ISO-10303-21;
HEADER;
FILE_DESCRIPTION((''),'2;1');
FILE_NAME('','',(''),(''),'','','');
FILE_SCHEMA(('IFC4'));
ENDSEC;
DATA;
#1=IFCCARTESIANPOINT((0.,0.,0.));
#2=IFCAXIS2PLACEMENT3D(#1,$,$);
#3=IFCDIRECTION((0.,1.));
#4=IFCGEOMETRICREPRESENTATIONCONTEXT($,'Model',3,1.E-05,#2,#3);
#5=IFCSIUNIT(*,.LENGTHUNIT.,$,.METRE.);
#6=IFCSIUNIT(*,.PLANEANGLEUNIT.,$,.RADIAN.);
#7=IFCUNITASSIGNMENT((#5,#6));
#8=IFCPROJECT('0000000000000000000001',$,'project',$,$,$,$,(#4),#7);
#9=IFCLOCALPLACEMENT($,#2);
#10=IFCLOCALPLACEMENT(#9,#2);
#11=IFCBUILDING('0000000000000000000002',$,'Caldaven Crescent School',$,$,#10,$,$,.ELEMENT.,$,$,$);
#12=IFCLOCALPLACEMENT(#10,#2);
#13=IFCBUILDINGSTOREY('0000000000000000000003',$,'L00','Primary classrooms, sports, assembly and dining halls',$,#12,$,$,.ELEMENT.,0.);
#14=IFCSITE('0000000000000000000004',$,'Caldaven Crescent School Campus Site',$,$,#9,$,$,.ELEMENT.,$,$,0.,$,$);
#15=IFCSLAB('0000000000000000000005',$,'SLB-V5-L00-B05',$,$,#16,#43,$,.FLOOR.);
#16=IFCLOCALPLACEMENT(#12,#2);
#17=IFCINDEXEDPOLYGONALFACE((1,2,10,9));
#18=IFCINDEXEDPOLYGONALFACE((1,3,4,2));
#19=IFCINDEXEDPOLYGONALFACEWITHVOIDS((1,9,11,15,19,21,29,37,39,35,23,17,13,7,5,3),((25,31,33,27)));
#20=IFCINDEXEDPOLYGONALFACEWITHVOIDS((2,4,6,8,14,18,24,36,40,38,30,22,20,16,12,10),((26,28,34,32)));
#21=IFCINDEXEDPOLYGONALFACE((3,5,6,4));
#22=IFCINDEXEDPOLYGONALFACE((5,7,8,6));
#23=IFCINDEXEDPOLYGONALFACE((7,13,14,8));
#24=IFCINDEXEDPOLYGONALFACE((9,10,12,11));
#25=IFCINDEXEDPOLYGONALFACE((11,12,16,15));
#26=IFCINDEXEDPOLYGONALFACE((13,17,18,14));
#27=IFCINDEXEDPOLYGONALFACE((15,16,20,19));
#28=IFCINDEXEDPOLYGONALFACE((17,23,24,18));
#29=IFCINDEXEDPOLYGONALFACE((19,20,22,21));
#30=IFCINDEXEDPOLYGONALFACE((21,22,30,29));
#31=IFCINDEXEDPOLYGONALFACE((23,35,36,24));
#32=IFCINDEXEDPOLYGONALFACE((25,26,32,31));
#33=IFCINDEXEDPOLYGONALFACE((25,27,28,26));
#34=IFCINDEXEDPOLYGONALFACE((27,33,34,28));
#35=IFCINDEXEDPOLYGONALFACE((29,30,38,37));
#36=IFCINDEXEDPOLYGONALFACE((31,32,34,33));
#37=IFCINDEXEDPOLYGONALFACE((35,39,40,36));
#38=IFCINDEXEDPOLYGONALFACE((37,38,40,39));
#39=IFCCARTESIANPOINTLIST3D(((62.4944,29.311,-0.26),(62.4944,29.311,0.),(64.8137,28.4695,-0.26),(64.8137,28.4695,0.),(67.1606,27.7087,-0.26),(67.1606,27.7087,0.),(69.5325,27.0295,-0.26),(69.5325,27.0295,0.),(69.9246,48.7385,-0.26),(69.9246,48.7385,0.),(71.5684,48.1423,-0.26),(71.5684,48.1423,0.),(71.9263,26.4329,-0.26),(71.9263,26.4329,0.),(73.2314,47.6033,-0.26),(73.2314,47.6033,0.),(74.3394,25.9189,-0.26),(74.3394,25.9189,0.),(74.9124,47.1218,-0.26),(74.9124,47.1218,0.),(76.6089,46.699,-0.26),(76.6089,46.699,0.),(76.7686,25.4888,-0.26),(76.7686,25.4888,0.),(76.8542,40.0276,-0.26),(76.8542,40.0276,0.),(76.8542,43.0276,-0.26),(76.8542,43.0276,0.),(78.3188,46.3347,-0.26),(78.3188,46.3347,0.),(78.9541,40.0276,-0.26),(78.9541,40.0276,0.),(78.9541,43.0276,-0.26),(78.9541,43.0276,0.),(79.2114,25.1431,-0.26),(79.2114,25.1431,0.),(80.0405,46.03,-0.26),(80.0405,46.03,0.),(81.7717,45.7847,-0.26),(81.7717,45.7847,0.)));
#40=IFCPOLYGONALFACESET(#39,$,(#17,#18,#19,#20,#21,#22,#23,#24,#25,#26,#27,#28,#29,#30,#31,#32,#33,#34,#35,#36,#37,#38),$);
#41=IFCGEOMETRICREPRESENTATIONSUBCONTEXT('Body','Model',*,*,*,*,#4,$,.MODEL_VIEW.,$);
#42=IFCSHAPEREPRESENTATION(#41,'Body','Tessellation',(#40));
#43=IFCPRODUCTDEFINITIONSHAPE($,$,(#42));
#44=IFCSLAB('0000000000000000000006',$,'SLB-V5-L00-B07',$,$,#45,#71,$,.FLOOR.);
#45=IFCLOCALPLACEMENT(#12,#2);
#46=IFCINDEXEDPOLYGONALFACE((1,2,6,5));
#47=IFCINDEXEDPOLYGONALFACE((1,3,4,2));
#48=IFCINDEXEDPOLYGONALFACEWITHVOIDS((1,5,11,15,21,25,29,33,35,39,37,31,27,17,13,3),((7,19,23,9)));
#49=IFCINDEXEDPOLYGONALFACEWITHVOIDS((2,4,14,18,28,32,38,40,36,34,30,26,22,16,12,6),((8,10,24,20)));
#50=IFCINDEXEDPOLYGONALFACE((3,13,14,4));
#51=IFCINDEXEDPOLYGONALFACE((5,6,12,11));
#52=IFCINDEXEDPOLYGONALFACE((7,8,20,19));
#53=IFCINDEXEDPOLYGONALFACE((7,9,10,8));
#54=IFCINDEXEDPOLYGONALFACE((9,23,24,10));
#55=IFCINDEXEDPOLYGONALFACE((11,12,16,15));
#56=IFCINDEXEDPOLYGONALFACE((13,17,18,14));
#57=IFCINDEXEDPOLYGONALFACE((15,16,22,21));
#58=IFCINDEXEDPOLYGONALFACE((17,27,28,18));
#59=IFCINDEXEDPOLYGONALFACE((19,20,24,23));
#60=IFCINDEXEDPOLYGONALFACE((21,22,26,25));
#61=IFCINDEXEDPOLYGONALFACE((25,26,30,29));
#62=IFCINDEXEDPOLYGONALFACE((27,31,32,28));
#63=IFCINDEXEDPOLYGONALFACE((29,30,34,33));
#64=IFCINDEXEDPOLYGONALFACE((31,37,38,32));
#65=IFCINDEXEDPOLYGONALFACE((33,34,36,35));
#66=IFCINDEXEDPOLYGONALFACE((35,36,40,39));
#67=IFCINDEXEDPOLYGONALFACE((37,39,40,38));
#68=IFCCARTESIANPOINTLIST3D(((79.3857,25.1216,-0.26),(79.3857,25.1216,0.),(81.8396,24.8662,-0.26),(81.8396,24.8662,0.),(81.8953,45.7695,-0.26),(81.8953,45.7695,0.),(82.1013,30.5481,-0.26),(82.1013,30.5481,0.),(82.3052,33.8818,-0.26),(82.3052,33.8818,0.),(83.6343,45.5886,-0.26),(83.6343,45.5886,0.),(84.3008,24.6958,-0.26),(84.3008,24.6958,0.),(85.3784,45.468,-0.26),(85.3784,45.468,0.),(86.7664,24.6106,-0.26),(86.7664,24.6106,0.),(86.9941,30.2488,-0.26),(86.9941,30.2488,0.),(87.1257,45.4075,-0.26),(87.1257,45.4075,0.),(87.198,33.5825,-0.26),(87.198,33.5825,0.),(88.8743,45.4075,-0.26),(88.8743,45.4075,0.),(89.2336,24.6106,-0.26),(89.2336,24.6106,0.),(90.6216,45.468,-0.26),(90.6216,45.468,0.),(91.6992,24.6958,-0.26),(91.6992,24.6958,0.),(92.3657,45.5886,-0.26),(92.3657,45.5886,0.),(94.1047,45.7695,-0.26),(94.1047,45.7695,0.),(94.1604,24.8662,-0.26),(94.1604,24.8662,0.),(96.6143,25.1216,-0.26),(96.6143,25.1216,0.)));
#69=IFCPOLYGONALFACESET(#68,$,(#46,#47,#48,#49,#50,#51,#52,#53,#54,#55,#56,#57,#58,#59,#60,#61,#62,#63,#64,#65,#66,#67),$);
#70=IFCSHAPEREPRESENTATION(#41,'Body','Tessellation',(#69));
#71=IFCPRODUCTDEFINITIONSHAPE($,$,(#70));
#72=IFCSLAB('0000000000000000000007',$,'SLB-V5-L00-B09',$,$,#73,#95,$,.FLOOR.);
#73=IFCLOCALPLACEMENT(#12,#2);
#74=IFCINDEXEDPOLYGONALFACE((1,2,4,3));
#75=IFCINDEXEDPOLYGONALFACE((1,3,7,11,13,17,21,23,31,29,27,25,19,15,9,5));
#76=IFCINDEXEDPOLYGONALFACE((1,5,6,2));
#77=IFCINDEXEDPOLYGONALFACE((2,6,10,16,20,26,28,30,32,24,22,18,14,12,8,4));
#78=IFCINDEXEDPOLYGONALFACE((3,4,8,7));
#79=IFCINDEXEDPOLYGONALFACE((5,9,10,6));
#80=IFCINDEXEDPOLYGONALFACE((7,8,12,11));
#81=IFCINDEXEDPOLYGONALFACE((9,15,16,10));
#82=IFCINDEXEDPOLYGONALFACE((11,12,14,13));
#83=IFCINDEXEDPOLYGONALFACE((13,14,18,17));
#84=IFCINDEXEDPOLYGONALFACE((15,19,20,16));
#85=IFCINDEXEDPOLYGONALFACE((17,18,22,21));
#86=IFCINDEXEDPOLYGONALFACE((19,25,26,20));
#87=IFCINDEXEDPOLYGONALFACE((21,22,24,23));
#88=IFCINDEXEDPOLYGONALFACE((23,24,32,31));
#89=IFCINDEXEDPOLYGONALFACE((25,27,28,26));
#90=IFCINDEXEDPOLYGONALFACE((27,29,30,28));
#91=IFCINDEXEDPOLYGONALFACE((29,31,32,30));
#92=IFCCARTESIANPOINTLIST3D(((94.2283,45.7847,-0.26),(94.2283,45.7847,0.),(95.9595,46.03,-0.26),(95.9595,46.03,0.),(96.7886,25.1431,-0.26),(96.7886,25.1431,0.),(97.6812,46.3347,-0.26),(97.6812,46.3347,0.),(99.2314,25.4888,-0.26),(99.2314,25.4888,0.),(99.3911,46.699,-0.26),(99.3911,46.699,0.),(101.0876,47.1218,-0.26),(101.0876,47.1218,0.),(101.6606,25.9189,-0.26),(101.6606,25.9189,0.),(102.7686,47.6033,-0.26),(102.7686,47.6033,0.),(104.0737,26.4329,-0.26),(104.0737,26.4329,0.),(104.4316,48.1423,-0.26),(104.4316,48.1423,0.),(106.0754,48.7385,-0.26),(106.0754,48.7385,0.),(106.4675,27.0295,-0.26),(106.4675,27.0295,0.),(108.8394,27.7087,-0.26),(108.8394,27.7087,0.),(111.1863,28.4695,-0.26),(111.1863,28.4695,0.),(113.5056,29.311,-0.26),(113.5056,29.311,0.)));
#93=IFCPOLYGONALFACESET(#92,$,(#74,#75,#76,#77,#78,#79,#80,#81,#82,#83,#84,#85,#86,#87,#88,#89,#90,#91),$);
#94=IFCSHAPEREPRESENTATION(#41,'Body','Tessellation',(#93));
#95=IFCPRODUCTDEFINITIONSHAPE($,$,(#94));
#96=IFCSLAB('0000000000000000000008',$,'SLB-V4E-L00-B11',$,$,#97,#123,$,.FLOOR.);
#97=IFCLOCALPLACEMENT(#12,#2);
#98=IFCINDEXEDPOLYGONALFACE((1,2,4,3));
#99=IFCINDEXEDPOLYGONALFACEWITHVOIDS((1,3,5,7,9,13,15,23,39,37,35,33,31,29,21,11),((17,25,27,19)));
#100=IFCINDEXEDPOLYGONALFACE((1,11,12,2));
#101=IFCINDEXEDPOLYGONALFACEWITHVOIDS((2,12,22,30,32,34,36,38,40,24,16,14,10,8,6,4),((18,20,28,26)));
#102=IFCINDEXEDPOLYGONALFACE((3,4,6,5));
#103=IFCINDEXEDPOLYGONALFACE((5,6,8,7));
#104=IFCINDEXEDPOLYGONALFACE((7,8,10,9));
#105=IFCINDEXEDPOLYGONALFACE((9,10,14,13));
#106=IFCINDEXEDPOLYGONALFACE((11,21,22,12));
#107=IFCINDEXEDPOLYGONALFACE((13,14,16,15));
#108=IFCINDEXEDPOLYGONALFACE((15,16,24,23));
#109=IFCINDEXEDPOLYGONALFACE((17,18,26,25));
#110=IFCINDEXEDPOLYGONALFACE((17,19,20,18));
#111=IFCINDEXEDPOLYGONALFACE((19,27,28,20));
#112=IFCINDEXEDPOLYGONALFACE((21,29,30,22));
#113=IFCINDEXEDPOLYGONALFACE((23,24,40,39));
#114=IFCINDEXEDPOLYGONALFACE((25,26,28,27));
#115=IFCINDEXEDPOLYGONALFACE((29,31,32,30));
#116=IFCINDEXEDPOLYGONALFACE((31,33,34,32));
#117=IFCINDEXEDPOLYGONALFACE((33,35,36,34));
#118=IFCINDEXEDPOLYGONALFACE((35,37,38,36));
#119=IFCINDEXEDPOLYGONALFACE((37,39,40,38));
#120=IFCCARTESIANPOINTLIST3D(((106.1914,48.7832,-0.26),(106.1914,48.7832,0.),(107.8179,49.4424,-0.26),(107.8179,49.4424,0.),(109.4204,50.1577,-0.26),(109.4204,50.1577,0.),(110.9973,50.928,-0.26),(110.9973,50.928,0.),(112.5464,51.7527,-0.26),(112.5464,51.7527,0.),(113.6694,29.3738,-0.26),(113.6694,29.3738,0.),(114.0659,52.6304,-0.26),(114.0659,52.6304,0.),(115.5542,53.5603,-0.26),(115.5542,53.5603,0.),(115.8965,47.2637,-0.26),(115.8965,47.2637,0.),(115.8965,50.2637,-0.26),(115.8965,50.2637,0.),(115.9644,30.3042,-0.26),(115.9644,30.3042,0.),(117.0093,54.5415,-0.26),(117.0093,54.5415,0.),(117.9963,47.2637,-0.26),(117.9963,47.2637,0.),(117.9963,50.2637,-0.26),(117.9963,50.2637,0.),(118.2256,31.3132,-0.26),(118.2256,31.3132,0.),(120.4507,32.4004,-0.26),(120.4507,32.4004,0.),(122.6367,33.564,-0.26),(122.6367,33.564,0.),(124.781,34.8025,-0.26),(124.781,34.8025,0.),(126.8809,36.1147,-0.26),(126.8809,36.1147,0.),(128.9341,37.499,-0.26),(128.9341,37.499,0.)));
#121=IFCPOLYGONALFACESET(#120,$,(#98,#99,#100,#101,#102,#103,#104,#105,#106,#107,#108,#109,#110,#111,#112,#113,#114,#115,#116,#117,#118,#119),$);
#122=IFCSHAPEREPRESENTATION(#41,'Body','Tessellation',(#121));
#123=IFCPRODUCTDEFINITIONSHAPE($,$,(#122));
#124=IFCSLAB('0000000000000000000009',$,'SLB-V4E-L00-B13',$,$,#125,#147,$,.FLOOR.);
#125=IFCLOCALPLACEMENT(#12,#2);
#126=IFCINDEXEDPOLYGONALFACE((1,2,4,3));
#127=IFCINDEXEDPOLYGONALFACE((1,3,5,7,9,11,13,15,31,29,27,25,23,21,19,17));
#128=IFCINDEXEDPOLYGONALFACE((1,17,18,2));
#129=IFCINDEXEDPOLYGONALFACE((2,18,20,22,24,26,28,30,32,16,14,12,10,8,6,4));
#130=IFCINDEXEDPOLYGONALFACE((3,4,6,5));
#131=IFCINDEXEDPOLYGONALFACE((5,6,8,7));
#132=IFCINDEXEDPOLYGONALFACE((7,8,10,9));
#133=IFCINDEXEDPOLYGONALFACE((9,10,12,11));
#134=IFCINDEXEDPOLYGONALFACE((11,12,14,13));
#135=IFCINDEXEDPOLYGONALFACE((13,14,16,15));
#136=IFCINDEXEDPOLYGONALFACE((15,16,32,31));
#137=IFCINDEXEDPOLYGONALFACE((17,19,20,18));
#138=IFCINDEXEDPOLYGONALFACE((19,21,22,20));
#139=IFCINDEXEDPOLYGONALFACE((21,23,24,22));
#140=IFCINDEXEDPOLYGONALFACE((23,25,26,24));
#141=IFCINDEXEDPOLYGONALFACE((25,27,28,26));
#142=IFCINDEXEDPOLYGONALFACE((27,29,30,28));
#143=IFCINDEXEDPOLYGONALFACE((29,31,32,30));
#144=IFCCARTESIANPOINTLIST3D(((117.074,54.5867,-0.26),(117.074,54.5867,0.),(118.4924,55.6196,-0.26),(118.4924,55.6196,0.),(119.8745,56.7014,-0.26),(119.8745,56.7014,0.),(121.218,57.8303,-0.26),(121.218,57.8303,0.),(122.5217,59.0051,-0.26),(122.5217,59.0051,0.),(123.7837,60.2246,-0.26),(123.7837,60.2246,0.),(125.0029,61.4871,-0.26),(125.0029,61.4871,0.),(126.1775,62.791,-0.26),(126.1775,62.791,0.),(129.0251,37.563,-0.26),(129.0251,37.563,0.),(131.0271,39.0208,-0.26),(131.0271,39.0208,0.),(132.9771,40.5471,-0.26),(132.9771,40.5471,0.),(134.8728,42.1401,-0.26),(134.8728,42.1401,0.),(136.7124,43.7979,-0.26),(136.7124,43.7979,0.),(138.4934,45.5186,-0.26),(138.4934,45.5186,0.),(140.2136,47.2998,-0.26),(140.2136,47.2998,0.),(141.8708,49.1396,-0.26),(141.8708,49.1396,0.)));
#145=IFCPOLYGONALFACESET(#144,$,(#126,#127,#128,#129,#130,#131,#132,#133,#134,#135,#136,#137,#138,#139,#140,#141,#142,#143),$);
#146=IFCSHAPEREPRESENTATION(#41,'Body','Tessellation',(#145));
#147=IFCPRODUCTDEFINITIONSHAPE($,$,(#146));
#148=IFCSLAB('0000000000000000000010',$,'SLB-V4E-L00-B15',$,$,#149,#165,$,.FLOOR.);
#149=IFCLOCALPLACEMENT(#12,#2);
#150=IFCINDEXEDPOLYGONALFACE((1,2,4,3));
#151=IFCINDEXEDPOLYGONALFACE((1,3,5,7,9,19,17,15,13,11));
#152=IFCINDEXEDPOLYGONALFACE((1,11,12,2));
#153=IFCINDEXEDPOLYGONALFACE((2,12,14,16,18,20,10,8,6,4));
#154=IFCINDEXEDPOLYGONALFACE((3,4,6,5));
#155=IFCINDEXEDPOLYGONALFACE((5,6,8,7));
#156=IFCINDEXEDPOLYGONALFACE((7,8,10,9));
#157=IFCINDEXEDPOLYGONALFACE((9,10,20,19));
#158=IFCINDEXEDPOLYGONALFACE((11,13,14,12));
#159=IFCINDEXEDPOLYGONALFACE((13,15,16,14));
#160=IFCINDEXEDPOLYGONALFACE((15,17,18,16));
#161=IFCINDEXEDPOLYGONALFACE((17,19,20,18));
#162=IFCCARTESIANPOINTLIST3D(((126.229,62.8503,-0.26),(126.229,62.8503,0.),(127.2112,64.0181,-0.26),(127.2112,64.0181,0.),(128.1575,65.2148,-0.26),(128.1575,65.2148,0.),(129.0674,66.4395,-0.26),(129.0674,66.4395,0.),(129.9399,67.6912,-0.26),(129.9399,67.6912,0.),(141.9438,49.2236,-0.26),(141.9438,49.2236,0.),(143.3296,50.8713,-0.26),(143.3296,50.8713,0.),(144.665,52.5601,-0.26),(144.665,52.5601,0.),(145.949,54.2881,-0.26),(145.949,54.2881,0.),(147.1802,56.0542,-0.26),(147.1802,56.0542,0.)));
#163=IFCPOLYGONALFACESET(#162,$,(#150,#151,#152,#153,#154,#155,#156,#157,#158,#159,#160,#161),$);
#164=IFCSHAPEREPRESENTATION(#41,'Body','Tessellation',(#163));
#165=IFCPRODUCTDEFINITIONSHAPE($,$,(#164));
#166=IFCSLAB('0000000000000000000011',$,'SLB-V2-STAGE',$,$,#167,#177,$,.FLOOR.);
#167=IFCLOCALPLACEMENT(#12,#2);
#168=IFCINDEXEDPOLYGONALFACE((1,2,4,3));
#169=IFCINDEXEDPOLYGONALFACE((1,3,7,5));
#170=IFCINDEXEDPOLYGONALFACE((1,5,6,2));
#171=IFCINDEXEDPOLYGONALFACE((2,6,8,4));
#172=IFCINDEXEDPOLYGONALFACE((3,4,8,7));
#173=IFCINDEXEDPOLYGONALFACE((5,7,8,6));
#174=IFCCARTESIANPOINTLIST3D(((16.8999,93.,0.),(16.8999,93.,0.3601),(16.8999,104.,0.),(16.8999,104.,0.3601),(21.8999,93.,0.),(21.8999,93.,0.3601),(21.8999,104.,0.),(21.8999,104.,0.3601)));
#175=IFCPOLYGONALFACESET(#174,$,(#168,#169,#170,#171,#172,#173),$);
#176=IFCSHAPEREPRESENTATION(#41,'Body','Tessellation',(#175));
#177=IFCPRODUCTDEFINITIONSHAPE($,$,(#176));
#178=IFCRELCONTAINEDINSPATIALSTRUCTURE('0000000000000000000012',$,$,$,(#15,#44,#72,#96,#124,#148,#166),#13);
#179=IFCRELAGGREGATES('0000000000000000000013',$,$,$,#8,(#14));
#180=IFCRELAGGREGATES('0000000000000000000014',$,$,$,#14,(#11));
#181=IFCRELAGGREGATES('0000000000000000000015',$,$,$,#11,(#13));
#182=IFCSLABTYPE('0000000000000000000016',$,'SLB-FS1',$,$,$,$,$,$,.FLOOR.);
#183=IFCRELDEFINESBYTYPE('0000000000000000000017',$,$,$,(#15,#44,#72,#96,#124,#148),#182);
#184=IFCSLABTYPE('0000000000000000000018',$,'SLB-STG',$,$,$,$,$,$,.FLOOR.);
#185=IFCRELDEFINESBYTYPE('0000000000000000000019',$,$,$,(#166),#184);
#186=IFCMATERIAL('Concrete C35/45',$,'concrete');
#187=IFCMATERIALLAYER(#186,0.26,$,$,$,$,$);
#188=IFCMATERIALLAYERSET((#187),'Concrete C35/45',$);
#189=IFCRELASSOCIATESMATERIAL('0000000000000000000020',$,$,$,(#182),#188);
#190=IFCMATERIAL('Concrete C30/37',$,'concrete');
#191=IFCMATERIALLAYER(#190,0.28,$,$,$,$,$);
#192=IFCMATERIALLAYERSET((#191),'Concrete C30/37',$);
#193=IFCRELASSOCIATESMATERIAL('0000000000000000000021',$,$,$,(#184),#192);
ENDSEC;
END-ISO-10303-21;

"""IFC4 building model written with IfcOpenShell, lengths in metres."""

from ifc_helpers import new_model, si_unit, direction, frame, origin, place, context, subcontext, project, spatial, polyline, outline, extrude, material, layer, layer_set, type_object, element, save


model = new_model("IFC4")

# Units and contexts
model_context = context("Model", 3, precision=1e-05, world=origin(), true_north=direction((0.0, 1.0)))
body_context = subcontext(model_context, "Body", "Model", "MODEL_VIEW")
ifc_project = project(units=[si_unit("LENGTHUNIT", "METRE"), si_unit("PLANEANGLEUNIT", "RADIAN")], contexts=[model_context])

# Site, building, storey
site_placement = place(None, origin())
site = spatial("IfcSite", under=ifc_project, at=site_placement, Name="Caldaven Crescent School Campus Site", CompositionType="ELEMENT", RefElevation=0.0)
building_placement = place(site_placement, origin())
building = spatial("IfcBuilding", under=site, at=building_placement, Name="Caldaven Crescent School", CompositionType="ELEMENT")
storey_placement = place(building_placement, origin())
storey = spatial("IfcBuildingStorey", under=building, at=storey_placement, Name="L00", Description="Primary classrooms, sports, assembly and dining halls", CompositionType="ELEMENT", Elevation=0.0)

# Slabs
ifc_material_1 = material(Name="Concrete C30/37", Category="concrete")
ifc_material_2 = material(Name="Concrete C35/45", Category="concrete")
ifc_layer_1 = layer(ifc_material_2, 0.26)
ifc_layer_set_1 = layer_set([ifc_layer_1], Name="Concrete C35/45")
slab_type_1 = type_object("IfcSlabType", Name="SLB-FS1", PredefinedType="FLOOR", material=ifc_layer_set_1)
slab_1_placement = place(storey_placement, frame((0.0, 0.0, -0.26)))
element("IfcSlab", 1, at=slab_1_placement, inside=storey, type_object=slab_type_1, Name="SLB-V5-L00-B05", PredefinedType="FLOOR", context=body_context, shape_type="SweptSolid", body=[
    extrude(outline(polyline([(62.4944, 29.311), (64.8137, 28.4695), (67.1606, 27.7087), (69.5325, 27.0295), (71.9263, 26.4329), (74.3394, 25.9189), (76.7686, 25.4888), (79.2114, 25.1431), (81.7717, 45.7847), (80.0405, 46.03), (78.3188, 46.3347), (76.6089, 46.699), (74.9124, 47.1218), (73.2314, 47.6033), (71.5684, 48.1423), (69.9246, 48.7385), (62.4944, 29.311)]), holes=[polyline([(76.8542, 40.0276), (76.8542, 43.0276), (78.9541, 43.0276), (78.9541, 40.0276), (76.8542, 40.0276)])]), origin(), (0.0, 0.0, 1.0), 0.26),
])
slab_2_placement = place(storey_placement, frame((0.0, 0.0, -0.26)))
element("IfcSlab", 2, at=slab_2_placement, inside=storey, type_object=slab_type_1, Name="SLB-V5-L00-B07", PredefinedType="FLOOR", context=body_context, shape_type="SweptSolid", body=[
    extrude(outline(polyline([(79.3857, 25.1216), (81.8396, 24.8662), (84.3008, 24.6958), (86.7664, 24.6106), (89.2336, 24.6106), (91.6992, 24.6958), (94.1604, 24.8662), (96.6143, 25.1216), (94.1047, 45.7695), (92.3657, 45.5886), (90.6216, 45.468), (88.8743, 45.4075), (87.1257, 45.4075), (85.3784, 45.468), (83.6343, 45.5886), (81.8953, 45.7695), (79.3857, 25.1216)]), holes=[polyline([(82.1013, 30.5481), (82.3052, 33.8818), (87.198, 33.5825), (86.9941, 30.2488), (82.1013, 30.5481)])]), origin(), (0.0, 0.0, 1.0), 0.26),
])
slab_3_placement = place(storey_placement, frame((0.0, 0.0, -0.26)))
element("IfcSlab", 3, at=slab_3_placement, inside=storey, type_object=slab_type_1, Name="SLB-V5-L00-B09", PredefinedType="FLOOR", context=body_context, shape_type="SweptSolid", body=[
    extrude(outline(polyline([(96.7886, 25.1431), (99.2314, 25.4888), (101.6606, 25.9189), (104.0737, 26.4329), (106.4675, 27.0295), (108.8394, 27.7087), (111.1863, 28.4695), (113.5056, 29.311), (106.0754, 48.7385), (104.4316, 48.1423), (102.7686, 47.6033), (101.0876, 47.1218), (99.3911, 46.699), (97.6812, 46.3347), (95.9595, 46.03), (94.2283, 45.7847), (96.7886, 25.1431)])), origin(), (0.0, 0.0, 1.0), 0.26),
])
slab_4_placement = place(storey_placement, frame((0.0, 0.0, -0.26)))
element("IfcSlab", 4, at=slab_4_placement, inside=storey, type_object=slab_type_1, Name="SLB-V4E-L00-B11", PredefinedType="FLOOR", context=body_context, shape_type="SweptSolid", body=[
    extrude(outline(polyline([(113.6694, 29.3738), (115.9644, 30.3042), (118.2256, 31.3132), (120.4507, 32.4004), (122.6367, 33.564), (124.781, 34.8025), (126.8809, 36.1147), (128.9341, 37.499), (117.0093, 54.5415), (115.5542, 53.5603), (114.0659, 52.6304), (112.5464, 51.7527), (110.9973, 50.928), (109.4204, 50.1577), (107.8179, 49.4424), (106.1914, 48.7832), (113.6694, 29.3738)]), holes=[polyline([(115.8965, 47.2637), (115.8965, 50.2637), (117.9963, 50.2637), (117.9963, 47.2637), (115.8965, 47.2637)])]), origin(), (0.0, 0.0, 1.0), 0.26),
])
slab_5_placement = place(storey_placement, frame((0.0, 0.0, -0.26)))
element("IfcSlab", 5, at=slab_5_placement, inside=storey, type_object=slab_type_1, Name="SLB-V4E-L00-B13", PredefinedType="FLOOR", context=body_context, shape_type="SweptSolid", body=[
    extrude(outline(polyline([(129.0251, 37.563), (131.0271, 39.0208), (132.9771, 40.5471), (134.8728, 42.1401), (136.7124, 43.7979), (138.4934, 45.5186), (140.2136, 47.2998), (141.8708, 49.1396), (126.1775, 62.791), (125.0029, 61.4871), (123.7837, 60.2246), (122.5217, 59.0051), (121.218, 57.8303), (119.8745, 56.7014), (118.4924, 55.6196), (117.074, 54.5867), (129.0251, 37.563)])), origin(), (0.0, 0.0, 1.0), 0.26),
])
slab_6_placement = place(storey_placement, frame((0.0, 0.0, -0.26)))
element("IfcSlab", 6, at=slab_6_placement, inside=storey, type_object=slab_type_1, Name="SLB-V4E-L00-B15", PredefinedType="FLOOR", context=body_context, shape_type="SweptSolid", body=[
    extrude(outline(polyline([(141.9438, 49.2236), (143.3296, 50.8713), (144.665, 52.5601), (145.949, 54.2881), (147.1802, 56.0542), (129.9399, 67.6912), (129.0674, 66.4395), (128.1575, 65.2148), (127.2112, 64.0181), (126.229, 62.8503), (141.9438, 49.2236)])), origin(), (0.0, 0.0, 1.0), 0.26),
])
ifc_layer_2 = layer(ifc_material_1, 0.28)
ifc_layer_set_2 = layer_set([ifc_layer_2], Name="Concrete C30/37")
slab_type_2 = type_object("IfcSlabType", Name="SLB-STG", PredefinedType="FLOOR", material=ifc_layer_set_2)
slab_7_placement = place(storey_placement, origin())
element("IfcSlab", 7, at=slab_7_placement, inside=storey, type_object=slab_type_2, Name="SLB-V2-STAGE", PredefinedType="FLOOR", context=body_context, shape_type="SweptSolid", body=[
    extrude(outline(polyline([(16.8999, 93.0), (21.8999, 93.0), (21.8999, 104.0), (16.8999, 104.0), (16.8999, 93.0)])), origin(), (0.0, 0.0, 1.0), 0.3601),
])

save(model, "model.ifc")
